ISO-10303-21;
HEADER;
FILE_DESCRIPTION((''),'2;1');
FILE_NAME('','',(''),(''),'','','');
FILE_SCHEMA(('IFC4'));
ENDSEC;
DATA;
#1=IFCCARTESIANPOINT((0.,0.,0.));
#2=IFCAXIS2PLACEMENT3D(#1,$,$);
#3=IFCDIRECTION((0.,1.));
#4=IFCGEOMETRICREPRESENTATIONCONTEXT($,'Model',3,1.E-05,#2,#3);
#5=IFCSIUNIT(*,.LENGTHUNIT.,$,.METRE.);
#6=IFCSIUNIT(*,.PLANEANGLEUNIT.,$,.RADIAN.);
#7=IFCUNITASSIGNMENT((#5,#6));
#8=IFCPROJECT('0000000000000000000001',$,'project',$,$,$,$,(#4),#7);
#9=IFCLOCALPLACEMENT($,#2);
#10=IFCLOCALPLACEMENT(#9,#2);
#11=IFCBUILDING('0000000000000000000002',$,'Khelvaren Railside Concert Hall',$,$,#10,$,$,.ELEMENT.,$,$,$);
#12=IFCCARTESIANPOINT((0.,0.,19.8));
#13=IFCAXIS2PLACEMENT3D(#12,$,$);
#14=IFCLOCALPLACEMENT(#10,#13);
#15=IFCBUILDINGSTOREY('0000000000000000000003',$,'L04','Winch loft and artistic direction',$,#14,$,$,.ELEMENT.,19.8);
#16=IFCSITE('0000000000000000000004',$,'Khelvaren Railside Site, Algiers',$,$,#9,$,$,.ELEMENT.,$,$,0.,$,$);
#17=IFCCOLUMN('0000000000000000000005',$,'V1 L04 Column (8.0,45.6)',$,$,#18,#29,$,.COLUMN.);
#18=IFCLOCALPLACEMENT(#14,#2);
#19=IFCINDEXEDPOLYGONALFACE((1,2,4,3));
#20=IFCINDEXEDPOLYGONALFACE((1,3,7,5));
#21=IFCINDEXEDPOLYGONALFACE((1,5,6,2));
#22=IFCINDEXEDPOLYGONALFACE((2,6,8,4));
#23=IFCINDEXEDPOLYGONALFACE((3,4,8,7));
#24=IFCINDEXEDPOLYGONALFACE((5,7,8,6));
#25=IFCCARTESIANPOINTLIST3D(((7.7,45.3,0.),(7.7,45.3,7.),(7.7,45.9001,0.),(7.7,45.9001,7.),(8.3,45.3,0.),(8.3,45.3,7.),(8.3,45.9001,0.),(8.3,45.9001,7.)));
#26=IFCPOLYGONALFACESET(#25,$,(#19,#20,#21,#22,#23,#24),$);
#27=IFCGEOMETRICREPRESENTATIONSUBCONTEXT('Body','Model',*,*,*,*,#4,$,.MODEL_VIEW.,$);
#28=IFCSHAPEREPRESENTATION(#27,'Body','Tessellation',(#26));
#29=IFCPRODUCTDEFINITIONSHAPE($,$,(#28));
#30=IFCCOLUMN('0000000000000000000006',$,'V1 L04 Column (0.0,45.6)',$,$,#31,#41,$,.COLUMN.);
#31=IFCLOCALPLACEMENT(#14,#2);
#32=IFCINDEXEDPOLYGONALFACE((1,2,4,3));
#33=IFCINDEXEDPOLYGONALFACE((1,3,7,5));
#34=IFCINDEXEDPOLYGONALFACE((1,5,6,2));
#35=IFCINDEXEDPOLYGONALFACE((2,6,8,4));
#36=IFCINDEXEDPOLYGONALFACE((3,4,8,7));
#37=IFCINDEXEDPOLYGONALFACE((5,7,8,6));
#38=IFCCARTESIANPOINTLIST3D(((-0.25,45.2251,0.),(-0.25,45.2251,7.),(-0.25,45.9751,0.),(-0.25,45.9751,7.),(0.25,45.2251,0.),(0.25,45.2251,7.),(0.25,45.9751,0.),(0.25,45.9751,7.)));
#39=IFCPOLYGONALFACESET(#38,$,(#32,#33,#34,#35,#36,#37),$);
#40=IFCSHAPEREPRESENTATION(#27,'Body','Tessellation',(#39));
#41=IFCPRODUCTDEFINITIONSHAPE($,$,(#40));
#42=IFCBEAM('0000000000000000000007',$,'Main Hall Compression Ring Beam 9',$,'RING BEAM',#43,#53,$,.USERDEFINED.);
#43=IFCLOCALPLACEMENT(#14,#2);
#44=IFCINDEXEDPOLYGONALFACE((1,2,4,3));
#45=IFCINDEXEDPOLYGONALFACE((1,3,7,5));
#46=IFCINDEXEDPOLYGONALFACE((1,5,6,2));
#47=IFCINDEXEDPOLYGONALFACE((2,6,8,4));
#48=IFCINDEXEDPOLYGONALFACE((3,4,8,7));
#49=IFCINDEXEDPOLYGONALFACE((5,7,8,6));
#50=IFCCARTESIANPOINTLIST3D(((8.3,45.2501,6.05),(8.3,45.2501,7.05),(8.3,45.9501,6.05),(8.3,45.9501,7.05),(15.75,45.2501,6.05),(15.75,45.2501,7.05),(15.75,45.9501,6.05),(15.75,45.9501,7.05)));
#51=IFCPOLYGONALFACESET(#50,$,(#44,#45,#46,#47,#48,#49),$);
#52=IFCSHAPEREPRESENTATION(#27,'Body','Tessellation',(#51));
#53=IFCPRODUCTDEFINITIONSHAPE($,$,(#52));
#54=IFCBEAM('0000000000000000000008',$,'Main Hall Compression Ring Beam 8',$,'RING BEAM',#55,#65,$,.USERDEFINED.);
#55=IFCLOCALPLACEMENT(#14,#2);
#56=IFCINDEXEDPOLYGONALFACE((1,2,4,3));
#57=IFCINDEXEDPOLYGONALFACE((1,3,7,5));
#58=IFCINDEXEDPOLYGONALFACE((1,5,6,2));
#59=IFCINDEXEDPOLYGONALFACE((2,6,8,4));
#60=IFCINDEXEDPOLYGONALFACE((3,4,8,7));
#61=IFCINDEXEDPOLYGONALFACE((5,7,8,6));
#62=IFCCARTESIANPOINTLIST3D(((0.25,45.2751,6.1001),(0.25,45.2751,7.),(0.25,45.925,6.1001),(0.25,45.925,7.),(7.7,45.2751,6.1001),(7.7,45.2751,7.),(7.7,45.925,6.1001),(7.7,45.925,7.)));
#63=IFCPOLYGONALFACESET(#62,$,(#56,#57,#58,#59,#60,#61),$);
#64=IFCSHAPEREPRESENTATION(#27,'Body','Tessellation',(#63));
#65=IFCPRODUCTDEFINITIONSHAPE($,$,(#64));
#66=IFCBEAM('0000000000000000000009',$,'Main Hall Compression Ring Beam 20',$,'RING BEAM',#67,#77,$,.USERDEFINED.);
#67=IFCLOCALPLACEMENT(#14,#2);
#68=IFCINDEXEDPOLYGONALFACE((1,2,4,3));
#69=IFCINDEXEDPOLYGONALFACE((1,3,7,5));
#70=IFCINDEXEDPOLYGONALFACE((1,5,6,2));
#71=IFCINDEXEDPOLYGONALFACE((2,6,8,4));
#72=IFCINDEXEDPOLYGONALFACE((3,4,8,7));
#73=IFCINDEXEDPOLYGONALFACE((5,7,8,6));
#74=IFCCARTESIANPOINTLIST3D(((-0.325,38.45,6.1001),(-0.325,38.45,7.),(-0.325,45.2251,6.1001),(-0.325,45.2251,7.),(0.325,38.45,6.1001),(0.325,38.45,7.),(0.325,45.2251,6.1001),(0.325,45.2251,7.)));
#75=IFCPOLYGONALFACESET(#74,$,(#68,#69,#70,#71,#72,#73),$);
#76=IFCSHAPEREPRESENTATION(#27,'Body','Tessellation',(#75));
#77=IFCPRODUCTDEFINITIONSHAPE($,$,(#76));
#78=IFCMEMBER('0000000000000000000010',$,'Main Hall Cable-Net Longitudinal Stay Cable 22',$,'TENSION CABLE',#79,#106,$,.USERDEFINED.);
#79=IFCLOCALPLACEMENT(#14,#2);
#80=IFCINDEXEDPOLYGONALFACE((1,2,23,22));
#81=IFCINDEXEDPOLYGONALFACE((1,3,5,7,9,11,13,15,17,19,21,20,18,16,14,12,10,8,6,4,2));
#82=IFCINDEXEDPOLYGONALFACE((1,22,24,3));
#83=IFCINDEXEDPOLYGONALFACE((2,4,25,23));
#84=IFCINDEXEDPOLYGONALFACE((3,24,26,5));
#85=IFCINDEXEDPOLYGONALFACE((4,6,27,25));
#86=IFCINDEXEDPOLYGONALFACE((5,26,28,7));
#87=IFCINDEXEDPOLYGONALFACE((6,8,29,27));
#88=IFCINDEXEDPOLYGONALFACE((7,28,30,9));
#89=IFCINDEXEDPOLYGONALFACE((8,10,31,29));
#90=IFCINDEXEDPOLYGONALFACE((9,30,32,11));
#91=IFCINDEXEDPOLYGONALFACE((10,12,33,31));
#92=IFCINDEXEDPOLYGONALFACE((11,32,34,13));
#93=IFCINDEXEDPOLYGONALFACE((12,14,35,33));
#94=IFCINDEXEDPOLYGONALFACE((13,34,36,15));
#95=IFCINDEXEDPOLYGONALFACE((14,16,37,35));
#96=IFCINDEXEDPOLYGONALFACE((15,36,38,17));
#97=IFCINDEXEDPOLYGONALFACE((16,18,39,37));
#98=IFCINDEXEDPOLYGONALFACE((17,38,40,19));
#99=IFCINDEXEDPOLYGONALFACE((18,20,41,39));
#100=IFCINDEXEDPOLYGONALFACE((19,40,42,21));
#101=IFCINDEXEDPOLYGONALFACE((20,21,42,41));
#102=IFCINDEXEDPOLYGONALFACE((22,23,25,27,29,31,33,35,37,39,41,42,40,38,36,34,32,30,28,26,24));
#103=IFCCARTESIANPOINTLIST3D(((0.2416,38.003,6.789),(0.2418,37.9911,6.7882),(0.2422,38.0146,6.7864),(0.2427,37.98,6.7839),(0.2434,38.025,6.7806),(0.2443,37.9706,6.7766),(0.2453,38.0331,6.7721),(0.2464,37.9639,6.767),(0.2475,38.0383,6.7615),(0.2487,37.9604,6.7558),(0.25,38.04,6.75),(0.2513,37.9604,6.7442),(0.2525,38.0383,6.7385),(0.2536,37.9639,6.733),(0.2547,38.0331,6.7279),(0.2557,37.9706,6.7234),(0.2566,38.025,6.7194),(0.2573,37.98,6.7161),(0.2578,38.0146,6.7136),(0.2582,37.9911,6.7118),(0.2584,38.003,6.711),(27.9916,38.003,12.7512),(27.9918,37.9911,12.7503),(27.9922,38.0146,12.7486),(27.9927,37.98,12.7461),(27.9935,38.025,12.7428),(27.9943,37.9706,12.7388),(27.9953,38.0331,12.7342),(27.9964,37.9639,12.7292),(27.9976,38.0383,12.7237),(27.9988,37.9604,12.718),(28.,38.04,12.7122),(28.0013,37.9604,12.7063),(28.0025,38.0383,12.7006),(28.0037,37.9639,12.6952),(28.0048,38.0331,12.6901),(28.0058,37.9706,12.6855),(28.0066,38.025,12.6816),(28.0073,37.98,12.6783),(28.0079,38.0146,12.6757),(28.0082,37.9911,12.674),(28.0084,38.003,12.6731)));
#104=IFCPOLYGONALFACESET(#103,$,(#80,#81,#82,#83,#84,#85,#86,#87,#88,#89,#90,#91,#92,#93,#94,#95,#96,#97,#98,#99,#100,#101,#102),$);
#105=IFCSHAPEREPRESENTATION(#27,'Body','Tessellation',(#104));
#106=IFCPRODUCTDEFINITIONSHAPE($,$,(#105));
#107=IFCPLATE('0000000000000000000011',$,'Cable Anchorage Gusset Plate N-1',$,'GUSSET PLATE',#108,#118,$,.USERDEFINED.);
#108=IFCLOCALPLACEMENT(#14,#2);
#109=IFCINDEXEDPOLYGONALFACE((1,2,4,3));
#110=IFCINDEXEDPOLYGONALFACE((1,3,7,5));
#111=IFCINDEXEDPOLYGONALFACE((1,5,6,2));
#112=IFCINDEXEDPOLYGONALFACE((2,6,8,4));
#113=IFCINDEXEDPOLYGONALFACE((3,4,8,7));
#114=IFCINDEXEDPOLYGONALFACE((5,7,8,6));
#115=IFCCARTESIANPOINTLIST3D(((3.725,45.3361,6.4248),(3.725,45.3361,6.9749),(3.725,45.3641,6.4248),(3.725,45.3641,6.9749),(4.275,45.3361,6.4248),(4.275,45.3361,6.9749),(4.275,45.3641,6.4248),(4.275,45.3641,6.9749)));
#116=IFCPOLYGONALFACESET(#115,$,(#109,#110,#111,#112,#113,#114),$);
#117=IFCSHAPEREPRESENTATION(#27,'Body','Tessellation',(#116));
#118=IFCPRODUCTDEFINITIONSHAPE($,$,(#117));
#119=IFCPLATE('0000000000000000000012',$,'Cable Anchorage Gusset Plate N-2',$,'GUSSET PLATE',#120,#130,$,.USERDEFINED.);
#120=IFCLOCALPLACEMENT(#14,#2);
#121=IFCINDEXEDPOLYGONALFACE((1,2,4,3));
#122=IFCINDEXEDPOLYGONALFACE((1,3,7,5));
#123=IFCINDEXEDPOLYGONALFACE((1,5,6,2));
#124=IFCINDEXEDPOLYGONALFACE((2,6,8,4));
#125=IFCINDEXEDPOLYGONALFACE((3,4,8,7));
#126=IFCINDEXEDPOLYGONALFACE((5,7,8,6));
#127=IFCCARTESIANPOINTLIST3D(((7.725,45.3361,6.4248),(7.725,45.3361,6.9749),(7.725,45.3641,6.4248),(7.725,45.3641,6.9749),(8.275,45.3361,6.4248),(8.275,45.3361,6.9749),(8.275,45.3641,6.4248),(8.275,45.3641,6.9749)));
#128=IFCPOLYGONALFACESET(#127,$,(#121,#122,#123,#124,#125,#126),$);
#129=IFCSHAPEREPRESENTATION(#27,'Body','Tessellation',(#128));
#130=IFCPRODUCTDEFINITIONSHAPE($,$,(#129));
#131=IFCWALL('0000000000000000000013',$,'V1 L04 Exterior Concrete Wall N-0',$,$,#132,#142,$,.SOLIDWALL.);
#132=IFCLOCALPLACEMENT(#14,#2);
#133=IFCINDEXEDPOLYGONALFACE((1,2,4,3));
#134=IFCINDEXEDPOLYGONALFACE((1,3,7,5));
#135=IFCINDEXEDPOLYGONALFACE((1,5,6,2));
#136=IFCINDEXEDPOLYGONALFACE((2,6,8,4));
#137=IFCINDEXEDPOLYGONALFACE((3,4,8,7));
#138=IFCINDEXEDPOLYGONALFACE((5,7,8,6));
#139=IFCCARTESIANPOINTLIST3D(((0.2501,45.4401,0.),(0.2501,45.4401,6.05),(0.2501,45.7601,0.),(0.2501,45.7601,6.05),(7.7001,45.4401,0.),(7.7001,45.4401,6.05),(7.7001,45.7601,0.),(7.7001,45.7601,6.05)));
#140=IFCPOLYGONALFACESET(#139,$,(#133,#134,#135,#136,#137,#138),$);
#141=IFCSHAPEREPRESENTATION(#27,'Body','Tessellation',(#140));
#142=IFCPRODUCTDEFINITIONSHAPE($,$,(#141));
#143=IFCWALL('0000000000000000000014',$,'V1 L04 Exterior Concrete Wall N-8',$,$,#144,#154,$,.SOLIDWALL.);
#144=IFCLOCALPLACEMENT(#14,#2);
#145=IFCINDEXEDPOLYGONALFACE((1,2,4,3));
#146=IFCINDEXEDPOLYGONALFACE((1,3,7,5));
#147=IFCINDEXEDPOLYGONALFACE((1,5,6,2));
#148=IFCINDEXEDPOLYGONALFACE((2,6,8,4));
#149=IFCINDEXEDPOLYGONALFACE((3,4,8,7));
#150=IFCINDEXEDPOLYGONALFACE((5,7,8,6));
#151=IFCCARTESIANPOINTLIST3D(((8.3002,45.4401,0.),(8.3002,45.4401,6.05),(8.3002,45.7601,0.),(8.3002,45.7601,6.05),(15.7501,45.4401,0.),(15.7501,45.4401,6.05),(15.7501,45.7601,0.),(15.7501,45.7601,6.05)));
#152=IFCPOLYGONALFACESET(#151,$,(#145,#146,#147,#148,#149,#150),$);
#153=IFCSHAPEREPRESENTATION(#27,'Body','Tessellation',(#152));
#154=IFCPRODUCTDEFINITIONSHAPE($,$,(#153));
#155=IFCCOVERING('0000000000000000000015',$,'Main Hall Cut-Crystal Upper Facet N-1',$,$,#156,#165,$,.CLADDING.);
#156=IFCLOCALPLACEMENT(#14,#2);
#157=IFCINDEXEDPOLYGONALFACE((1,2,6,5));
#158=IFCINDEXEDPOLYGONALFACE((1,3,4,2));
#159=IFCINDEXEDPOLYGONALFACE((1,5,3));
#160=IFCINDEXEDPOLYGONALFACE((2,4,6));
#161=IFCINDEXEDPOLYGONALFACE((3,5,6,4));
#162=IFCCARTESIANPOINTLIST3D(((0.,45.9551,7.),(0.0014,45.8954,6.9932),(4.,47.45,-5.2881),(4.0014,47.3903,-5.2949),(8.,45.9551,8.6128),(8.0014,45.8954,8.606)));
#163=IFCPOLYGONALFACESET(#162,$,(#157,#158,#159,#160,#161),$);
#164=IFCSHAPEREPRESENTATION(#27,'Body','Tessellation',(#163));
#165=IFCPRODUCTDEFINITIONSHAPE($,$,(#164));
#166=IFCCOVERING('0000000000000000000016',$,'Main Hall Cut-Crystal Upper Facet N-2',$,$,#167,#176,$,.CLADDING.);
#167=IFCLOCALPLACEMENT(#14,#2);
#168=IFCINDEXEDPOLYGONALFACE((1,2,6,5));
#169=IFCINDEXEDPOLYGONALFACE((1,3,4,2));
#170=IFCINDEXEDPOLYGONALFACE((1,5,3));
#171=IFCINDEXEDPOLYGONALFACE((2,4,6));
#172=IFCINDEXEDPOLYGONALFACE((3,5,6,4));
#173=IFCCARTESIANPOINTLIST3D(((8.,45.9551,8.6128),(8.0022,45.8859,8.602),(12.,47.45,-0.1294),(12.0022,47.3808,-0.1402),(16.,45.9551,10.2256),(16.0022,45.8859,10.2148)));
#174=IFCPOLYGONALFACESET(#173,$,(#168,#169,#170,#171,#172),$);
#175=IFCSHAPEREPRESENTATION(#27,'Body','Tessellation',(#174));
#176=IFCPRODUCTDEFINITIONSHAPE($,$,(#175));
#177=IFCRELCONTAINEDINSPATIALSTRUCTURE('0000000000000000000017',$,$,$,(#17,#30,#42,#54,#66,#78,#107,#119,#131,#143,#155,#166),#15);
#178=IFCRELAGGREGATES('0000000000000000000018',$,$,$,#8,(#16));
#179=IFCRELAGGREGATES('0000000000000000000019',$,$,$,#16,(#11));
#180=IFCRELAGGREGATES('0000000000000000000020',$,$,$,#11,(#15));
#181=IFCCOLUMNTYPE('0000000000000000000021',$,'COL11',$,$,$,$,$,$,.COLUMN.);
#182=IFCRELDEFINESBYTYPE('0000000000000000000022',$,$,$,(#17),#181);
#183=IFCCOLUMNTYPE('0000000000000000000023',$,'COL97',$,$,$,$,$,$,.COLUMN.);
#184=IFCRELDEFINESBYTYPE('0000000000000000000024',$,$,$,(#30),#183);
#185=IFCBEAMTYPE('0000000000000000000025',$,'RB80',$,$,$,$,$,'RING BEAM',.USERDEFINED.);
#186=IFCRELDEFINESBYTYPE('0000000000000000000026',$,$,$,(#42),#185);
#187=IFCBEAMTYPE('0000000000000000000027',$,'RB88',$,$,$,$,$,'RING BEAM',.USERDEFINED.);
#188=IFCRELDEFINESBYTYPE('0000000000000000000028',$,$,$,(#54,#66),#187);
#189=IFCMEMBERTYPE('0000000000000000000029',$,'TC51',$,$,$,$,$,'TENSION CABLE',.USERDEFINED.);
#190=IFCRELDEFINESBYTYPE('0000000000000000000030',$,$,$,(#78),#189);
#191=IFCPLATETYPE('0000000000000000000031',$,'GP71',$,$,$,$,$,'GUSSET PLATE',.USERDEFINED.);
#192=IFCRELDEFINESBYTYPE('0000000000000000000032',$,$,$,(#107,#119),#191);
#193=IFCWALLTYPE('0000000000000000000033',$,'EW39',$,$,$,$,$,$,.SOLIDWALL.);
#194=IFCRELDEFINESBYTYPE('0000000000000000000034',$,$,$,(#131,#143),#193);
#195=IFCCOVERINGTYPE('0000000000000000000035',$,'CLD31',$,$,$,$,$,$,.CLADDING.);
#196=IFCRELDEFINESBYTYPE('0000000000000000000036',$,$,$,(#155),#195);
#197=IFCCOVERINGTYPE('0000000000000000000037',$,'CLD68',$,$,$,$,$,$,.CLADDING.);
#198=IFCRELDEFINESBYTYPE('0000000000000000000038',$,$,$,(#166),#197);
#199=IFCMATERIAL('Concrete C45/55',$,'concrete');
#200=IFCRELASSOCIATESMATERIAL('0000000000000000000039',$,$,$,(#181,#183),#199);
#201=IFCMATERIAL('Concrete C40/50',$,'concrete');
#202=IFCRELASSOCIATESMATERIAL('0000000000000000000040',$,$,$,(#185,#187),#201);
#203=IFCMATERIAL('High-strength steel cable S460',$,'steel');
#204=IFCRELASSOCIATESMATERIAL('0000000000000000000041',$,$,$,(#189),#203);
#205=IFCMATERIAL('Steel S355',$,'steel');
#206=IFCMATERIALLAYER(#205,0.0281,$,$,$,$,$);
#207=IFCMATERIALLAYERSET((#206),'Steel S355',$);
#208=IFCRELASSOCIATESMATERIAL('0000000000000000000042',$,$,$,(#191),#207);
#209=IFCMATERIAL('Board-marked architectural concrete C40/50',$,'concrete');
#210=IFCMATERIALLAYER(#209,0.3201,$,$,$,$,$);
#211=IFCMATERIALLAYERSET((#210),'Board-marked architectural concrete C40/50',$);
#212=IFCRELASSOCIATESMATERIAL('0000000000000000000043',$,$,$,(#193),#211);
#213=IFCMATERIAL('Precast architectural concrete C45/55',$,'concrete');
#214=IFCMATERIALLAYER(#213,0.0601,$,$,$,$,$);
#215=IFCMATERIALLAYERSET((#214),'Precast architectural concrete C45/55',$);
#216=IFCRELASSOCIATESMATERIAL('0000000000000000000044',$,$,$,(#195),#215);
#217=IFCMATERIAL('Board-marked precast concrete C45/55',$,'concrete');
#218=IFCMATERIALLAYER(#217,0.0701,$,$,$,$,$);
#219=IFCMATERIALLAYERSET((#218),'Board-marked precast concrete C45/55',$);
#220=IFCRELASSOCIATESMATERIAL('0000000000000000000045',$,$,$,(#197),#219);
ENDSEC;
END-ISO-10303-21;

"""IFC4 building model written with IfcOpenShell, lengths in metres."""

from ifc_helpers import new_model, si_unit, direction, frame, frame_2d, origin, origin_2d, place, context, subcontext, project, spatial, polyline, rectangle, circle, outline, extrude, material, layer, layer_set, material_profile, profile_set, type_object, element, save


model = new_model("IFC4")

# Units and contexts
model_context = context("Model", 3, precision=1e-05, world=origin(), true_north=direction((0.0, 1.0)))
body_context = subcontext(model_context, "Body", "Model", "MODEL_VIEW")
ifc_project = project(units=[si_unit("LENGTHUNIT", "METRE"), si_unit("PLANEANGLEUNIT", "RADIAN")], contexts=[model_context])

# Site, building, storey
site_placement = place(None, origin())
site = spatial("IfcSite", under=ifc_project, at=site_placement, Name="Khelvaren Railside Site, Algiers", CompositionType="ELEMENT", RefElevation=0.0)
building_placement = place(site_placement, origin())
building = spatial("IfcBuilding", under=site, at=building_placement, Name="Khelvaren Railside Concert Hall", CompositionType="ELEMENT")
storey_placement = place(building_placement, frame((0.0, 0.0, 19.8)))
storey = spatial("IfcBuildingStorey", under=building, at=storey_placement, Name="L04", Description="Winch loft and artistic direction", CompositionType="ELEMENT", Elevation=19.8)

# Columns
ifc_material_1 = material(Name="Concrete C45/55", Category="concrete")
ifc_material_profile_1 = material_profile(ifc_material_1, rectangle(XDim=0.6001, YDim=0.6001, at=origin_2d()), Name="RC 600x600")
ifc_profile_set_1 = profile_set([ifc_material_profile_1], Name="Concrete C45/55")
column_type_1 = type_object("IfcColumnType", Name="COL11", PredefinedType="COLUMN", material=ifc_profile_set_1)
column_1_placement = place(storey_placement, frame((8.0, 45.6001, 0.0), z_axis=(0.0, 0.0, 1.0), x_axis=(1.0, 0.0, 0.0)))
element("IfcColumn", 1, at=column_1_placement, inside=storey, type_object=column_type_1, Name="V1 L04 Column (8.0,45.6)", PredefinedType="COLUMN", context=body_context, shape_type="SweptSolid", body=[
    extrude(rectangle(XDim=0.6001, YDim=0.6001, at=origin_2d()), origin(), (0.0, 0.0, 1.0), 7.0),
])
ifc_material_profile_2 = material_profile(ifc_material_1, rectangle(XDim=0.5, YDim=0.75, at=origin_2d()), Name="RC 500x750")
ifc_profile_set_2 = profile_set([ifc_material_profile_2], Name="Concrete C45/55")
column_type_2 = type_object("IfcColumnType", Name="COL97", PredefinedType="COLUMN", material=ifc_profile_set_2)
column_2_placement = place(storey_placement, frame((0.0, 45.6001, 0.0), z_axis=(0.0, 0.0, 1.0), x_axis=(1.0, 0.0, 0.0)))
element("IfcColumn", 2, at=column_2_placement, inside=storey, type_object=column_type_2, Name="V1 L04 Column (0.0,45.6)", PredefinedType="COLUMN", context=body_context, shape_type="SweptSolid", body=[
    extrude(rectangle(XDim=0.5, YDim=0.75, at=origin_2d()), origin(), (0.0, 0.0, 1.0), 7.0),
])

# Beams
ifc_material_2 = material(Name="Concrete C40/50", Category="concrete")
ifc_material_profile_3 = material_profile(ifc_material_2, rectangle(XDim=0.7, YDim=1.0, at=origin_2d()), Name="RCB 700x1000")
ifc_profile_set_3 = profile_set([ifc_material_profile_3], Name="Concrete C40/50")
beam_type_1 = type_object("IfcBeamType", Name="RB80", ElementType="RING BEAM", PredefinedType="USERDEFINED", material=ifc_profile_set_3)
beam_1_placement = place(storey_placement, frame((8.3, 45.6001, 6.55), z_axis=(1.0, 0.0, 0.0), x_axis=(0.0, 1.0, 0.0)))
element("IfcBeam", 3, at=beam_1_placement, inside=storey, type_object=beam_type_1, Name="Main Hall Compression Ring Beam 9", ObjectType="RING BEAM", PredefinedType="USERDEFINED", context=body_context, shape_type="SweptSolid", body=[
    extrude(rectangle(XDim=0.7, YDim=1.0, at=origin_2d()), origin(), (0.0, 0.0, 1.0), 7.45),
])
ifc_material_profile_4 = material_profile(ifc_material_2, rectangle(XDim=0.6499, YDim=0.8999, at=origin_2d()), Name="RCB 650x900")
ifc_profile_set_4 = profile_set([ifc_material_profile_4], Name="Concrete C40/50")
beam_type_2 = type_object("IfcBeamType", Name="RB88", ElementType="RING BEAM", PredefinedType="USERDEFINED", material=ifc_profile_set_4)
beam_2_placement = place(storey_placement, frame((0.25, 45.6001, 6.55), z_axis=(1.0, 0.0, 0.0), x_axis=(0.0, 1.0, 0.0)))
element("IfcBeam", 4, at=beam_2_placement, inside=storey, type_object=beam_type_2, Name="Main Hall Compression Ring Beam 8", ObjectType="RING BEAM", PredefinedType="USERDEFINED", context=body_context, shape_type="SweptSolid", body=[
    extrude(rectangle(XDim=0.6499, YDim=0.8999, at=origin_2d()), origin(), (0.0, 0.0, 1.0), 7.45),
])
beam_3_placement = place(storey_placement, frame((0.0, 38.45, 6.55), z_axis=(0.0, 1.0, 0.0), x_axis=(-1.0, 0.0, 0.0)))
element("IfcBeam", 5, at=beam_3_placement, inside=storey, type_object=beam_type_2, Name="Main Hall Compression Ring Beam 20", ObjectType="RING BEAM", PredefinedType="USERDEFINED", context=body_context, shape_type="SweptSolid", body=[
    extrude(rectangle(XDim=0.6499, YDim=0.8999, at=origin_2d()), origin(), (0.0, 0.0, 1.0), 6.7751),
])

# Member
ifc_material_3 = material(Name="High-strength steel cable S460", Category="steel")
ifc_material_profile_5 = material_profile(ifc_material_3, circle(Radius=0.04, at=origin_2d()), Name="LCB D80")
ifc_profile_set_5 = profile_set([ifc_material_profile_5], Name="High-strength steel cable S460")
member_type = type_object("IfcMemberType", Name="TC51", ElementType="TENSION CABLE", PredefinedType="USERDEFINED", material=ifc_profile_set_5)
member_placement = place(storey_placement, frame((0.25, 38.0, 6.75), z_axis=(0.977689, 0.0, 0.210059), x_axis=(0.0, 1.0, 0.0)))
element("IfcMember", 6, at=member_placement, inside=storey, type_object=member_type, Name="Main Hall Cable-Net Longitudinal Stay Cable 22", ObjectType="TENSION CABLE", PredefinedType="USERDEFINED", context=body_context, shape_type="SweptSolid", body=[
    extrude(circle(Radius=0.04, at=origin_2d()), origin(), (0.0, 0.0, 1.0), 28.3833),
])

# Plates
ifc_material_4 = material(Name="Steel S355", Category="steel")
ifc_layer_1 = layer(ifc_material_4, 0.0281)
ifc_layer_set_1 = layer_set([ifc_layer_1], Name="Steel S355")
plate_type = type_object("IfcPlateType", Name="GP71", ElementType="GUSSET PLATE", PredefinedType="USERDEFINED", material=ifc_layer_set_1)
for number, where, z_axis, x_axis, name in (
    (7, (4.0, 45.3501, 6.4248), (0.0, 0.0, 1.0), (1.0, 0.0, 0.0), "Cable Anchorage Gusset Plate N-1"),
    (8, (8.0, 45.3501, 6.4248), (0.0, 0.0, 1.0), (1.0, 0.0, 0.0), "Cable Anchorage Gusset Plate N-2"),
):
    element("IfcPlate", number, at=place(storey_placement, frame(where, z_axis=z_axis, x_axis=x_axis)), inside=storey, type_object=plate_type, Name=name, ObjectType="GUSSET PLATE", PredefinedType="USERDEFINED", context=body_context, shape_type="SweptSolid", body=[
        extrude(rectangle(XDim=0.55, YDim=0.0281, at=origin_2d()), origin(), (0.0, 0.0, 1.0), 0.55),
    ])

# Walls
ifc_material_5 = material(Name="Board-marked architectural concrete C40/50", Category="concrete")
ifc_layer_2 = layer(ifc_material_5, 0.3201)
ifc_layer_set_2 = layer_set([ifc_layer_2], Name="Board-marked architectural concrete C40/50")
wall_type = type_object("IfcWallType", Name="EW39", PredefinedType="SOLIDWALL", material=ifc_layer_set_2)
for number, where, z_axis, x_axis, name in (
    (9, (0.25, 45.6001, 0.0), (0.0, 0.0, 1.0), (1.0, 0.0, 0.0), "V1 L04 Exterior Concrete Wall N-0"),
    (10, (8.3, 45.6001, 0.0), (0.0, 0.0, 1.0), (1.0, 0.0, 0.0), "V1 L04 Exterior Concrete Wall N-8"),
):
    element("IfcWall", number, at=place(storey_placement, frame(where, z_axis=z_axis, x_axis=x_axis)), inside=storey, type_object=wall_type, Name=name, PredefinedType="SOLIDWALL", context=body_context, shape_type="SweptSolid", body=[
        extrude(rectangle(XDim=7.45, YDim=0.3201, at=frame_2d((3.7251, 0.0))), origin(), (0.0, 0.0, 1.0), 6.05),
    ])

# Coverings
ifc_material_6 = material(Name="Precast architectural concrete C45/55", Category="concrete")
ifc_layer_3 = layer(ifc_material_6, 0.0601)
ifc_layer_set_3 = layer_set([ifc_layer_3], Name="Precast architectural concrete C45/55")
covering_type_1 = type_object("IfcCoveringType", Name="CLD31", PredefinedType="CLADDING", material=ifc_layer_set_3)
covering_1_placement = place(storey_placement, frame((0.0, 45.9551, 7.0), z_axis=(-0.02286, 0.993287, 0.113394), x_axis=(0.980278, 0.0, 0.197623)))
element("IfcCovering", 11, at=covering_1_placement, inside=storey, type_object=covering_type_1, Name="Main Hall Cut-Crystal Upper Facet N-1", PredefinedType="CLADDING", context=body_context, shape_type="SweptSolid", body=[
    extrude(outline(polyline([(0.0, 0.0), (8.1609, 0.0), (1.4927, 12.923), (0.0, 0.0)])), origin(), (0.0, 0.0, -1.0), 0.0601),
])
ifc_material_7 = material(Name="Board-marked precast concrete C45/55", Category="concrete")
ifc_layer_4 = layer(ifc_material_7, 0.0701)
ifc_layer_set_4 = layer_set([ifc_layer_4], Name="Board-marked precast concrete C45/55")
covering_type_2 = type_object("IfcCoveringType", Name="CLD68", PredefinedType="CLADDING", material=ifc_layer_set_4)
covering_2_placement = place(storey_placement, frame((8.0, 45.9551, 8.6128), z_axis=(-0.031166, 0.987486, 0.154595), x_axis=(0.980278, 0.0, 0.197623)))
element("IfcCovering", 12, at=covering_2_placement, inside=storey, type_object=covering_type_2, Name="Main Hall Cut-Crystal Upper Facet N-2", PredefinedType="CLADDING", context=body_context, shape_type="SweptSolid", body=[
    extrude(outline(polyline([(0.0, 0.0), (8.1609, 0.0), (2.1935, 9.4789), (0.0, 0.0)])), origin(), (0.0, 0.0, -1.0), 0.0701),
])

save(model, "model.ifc")
